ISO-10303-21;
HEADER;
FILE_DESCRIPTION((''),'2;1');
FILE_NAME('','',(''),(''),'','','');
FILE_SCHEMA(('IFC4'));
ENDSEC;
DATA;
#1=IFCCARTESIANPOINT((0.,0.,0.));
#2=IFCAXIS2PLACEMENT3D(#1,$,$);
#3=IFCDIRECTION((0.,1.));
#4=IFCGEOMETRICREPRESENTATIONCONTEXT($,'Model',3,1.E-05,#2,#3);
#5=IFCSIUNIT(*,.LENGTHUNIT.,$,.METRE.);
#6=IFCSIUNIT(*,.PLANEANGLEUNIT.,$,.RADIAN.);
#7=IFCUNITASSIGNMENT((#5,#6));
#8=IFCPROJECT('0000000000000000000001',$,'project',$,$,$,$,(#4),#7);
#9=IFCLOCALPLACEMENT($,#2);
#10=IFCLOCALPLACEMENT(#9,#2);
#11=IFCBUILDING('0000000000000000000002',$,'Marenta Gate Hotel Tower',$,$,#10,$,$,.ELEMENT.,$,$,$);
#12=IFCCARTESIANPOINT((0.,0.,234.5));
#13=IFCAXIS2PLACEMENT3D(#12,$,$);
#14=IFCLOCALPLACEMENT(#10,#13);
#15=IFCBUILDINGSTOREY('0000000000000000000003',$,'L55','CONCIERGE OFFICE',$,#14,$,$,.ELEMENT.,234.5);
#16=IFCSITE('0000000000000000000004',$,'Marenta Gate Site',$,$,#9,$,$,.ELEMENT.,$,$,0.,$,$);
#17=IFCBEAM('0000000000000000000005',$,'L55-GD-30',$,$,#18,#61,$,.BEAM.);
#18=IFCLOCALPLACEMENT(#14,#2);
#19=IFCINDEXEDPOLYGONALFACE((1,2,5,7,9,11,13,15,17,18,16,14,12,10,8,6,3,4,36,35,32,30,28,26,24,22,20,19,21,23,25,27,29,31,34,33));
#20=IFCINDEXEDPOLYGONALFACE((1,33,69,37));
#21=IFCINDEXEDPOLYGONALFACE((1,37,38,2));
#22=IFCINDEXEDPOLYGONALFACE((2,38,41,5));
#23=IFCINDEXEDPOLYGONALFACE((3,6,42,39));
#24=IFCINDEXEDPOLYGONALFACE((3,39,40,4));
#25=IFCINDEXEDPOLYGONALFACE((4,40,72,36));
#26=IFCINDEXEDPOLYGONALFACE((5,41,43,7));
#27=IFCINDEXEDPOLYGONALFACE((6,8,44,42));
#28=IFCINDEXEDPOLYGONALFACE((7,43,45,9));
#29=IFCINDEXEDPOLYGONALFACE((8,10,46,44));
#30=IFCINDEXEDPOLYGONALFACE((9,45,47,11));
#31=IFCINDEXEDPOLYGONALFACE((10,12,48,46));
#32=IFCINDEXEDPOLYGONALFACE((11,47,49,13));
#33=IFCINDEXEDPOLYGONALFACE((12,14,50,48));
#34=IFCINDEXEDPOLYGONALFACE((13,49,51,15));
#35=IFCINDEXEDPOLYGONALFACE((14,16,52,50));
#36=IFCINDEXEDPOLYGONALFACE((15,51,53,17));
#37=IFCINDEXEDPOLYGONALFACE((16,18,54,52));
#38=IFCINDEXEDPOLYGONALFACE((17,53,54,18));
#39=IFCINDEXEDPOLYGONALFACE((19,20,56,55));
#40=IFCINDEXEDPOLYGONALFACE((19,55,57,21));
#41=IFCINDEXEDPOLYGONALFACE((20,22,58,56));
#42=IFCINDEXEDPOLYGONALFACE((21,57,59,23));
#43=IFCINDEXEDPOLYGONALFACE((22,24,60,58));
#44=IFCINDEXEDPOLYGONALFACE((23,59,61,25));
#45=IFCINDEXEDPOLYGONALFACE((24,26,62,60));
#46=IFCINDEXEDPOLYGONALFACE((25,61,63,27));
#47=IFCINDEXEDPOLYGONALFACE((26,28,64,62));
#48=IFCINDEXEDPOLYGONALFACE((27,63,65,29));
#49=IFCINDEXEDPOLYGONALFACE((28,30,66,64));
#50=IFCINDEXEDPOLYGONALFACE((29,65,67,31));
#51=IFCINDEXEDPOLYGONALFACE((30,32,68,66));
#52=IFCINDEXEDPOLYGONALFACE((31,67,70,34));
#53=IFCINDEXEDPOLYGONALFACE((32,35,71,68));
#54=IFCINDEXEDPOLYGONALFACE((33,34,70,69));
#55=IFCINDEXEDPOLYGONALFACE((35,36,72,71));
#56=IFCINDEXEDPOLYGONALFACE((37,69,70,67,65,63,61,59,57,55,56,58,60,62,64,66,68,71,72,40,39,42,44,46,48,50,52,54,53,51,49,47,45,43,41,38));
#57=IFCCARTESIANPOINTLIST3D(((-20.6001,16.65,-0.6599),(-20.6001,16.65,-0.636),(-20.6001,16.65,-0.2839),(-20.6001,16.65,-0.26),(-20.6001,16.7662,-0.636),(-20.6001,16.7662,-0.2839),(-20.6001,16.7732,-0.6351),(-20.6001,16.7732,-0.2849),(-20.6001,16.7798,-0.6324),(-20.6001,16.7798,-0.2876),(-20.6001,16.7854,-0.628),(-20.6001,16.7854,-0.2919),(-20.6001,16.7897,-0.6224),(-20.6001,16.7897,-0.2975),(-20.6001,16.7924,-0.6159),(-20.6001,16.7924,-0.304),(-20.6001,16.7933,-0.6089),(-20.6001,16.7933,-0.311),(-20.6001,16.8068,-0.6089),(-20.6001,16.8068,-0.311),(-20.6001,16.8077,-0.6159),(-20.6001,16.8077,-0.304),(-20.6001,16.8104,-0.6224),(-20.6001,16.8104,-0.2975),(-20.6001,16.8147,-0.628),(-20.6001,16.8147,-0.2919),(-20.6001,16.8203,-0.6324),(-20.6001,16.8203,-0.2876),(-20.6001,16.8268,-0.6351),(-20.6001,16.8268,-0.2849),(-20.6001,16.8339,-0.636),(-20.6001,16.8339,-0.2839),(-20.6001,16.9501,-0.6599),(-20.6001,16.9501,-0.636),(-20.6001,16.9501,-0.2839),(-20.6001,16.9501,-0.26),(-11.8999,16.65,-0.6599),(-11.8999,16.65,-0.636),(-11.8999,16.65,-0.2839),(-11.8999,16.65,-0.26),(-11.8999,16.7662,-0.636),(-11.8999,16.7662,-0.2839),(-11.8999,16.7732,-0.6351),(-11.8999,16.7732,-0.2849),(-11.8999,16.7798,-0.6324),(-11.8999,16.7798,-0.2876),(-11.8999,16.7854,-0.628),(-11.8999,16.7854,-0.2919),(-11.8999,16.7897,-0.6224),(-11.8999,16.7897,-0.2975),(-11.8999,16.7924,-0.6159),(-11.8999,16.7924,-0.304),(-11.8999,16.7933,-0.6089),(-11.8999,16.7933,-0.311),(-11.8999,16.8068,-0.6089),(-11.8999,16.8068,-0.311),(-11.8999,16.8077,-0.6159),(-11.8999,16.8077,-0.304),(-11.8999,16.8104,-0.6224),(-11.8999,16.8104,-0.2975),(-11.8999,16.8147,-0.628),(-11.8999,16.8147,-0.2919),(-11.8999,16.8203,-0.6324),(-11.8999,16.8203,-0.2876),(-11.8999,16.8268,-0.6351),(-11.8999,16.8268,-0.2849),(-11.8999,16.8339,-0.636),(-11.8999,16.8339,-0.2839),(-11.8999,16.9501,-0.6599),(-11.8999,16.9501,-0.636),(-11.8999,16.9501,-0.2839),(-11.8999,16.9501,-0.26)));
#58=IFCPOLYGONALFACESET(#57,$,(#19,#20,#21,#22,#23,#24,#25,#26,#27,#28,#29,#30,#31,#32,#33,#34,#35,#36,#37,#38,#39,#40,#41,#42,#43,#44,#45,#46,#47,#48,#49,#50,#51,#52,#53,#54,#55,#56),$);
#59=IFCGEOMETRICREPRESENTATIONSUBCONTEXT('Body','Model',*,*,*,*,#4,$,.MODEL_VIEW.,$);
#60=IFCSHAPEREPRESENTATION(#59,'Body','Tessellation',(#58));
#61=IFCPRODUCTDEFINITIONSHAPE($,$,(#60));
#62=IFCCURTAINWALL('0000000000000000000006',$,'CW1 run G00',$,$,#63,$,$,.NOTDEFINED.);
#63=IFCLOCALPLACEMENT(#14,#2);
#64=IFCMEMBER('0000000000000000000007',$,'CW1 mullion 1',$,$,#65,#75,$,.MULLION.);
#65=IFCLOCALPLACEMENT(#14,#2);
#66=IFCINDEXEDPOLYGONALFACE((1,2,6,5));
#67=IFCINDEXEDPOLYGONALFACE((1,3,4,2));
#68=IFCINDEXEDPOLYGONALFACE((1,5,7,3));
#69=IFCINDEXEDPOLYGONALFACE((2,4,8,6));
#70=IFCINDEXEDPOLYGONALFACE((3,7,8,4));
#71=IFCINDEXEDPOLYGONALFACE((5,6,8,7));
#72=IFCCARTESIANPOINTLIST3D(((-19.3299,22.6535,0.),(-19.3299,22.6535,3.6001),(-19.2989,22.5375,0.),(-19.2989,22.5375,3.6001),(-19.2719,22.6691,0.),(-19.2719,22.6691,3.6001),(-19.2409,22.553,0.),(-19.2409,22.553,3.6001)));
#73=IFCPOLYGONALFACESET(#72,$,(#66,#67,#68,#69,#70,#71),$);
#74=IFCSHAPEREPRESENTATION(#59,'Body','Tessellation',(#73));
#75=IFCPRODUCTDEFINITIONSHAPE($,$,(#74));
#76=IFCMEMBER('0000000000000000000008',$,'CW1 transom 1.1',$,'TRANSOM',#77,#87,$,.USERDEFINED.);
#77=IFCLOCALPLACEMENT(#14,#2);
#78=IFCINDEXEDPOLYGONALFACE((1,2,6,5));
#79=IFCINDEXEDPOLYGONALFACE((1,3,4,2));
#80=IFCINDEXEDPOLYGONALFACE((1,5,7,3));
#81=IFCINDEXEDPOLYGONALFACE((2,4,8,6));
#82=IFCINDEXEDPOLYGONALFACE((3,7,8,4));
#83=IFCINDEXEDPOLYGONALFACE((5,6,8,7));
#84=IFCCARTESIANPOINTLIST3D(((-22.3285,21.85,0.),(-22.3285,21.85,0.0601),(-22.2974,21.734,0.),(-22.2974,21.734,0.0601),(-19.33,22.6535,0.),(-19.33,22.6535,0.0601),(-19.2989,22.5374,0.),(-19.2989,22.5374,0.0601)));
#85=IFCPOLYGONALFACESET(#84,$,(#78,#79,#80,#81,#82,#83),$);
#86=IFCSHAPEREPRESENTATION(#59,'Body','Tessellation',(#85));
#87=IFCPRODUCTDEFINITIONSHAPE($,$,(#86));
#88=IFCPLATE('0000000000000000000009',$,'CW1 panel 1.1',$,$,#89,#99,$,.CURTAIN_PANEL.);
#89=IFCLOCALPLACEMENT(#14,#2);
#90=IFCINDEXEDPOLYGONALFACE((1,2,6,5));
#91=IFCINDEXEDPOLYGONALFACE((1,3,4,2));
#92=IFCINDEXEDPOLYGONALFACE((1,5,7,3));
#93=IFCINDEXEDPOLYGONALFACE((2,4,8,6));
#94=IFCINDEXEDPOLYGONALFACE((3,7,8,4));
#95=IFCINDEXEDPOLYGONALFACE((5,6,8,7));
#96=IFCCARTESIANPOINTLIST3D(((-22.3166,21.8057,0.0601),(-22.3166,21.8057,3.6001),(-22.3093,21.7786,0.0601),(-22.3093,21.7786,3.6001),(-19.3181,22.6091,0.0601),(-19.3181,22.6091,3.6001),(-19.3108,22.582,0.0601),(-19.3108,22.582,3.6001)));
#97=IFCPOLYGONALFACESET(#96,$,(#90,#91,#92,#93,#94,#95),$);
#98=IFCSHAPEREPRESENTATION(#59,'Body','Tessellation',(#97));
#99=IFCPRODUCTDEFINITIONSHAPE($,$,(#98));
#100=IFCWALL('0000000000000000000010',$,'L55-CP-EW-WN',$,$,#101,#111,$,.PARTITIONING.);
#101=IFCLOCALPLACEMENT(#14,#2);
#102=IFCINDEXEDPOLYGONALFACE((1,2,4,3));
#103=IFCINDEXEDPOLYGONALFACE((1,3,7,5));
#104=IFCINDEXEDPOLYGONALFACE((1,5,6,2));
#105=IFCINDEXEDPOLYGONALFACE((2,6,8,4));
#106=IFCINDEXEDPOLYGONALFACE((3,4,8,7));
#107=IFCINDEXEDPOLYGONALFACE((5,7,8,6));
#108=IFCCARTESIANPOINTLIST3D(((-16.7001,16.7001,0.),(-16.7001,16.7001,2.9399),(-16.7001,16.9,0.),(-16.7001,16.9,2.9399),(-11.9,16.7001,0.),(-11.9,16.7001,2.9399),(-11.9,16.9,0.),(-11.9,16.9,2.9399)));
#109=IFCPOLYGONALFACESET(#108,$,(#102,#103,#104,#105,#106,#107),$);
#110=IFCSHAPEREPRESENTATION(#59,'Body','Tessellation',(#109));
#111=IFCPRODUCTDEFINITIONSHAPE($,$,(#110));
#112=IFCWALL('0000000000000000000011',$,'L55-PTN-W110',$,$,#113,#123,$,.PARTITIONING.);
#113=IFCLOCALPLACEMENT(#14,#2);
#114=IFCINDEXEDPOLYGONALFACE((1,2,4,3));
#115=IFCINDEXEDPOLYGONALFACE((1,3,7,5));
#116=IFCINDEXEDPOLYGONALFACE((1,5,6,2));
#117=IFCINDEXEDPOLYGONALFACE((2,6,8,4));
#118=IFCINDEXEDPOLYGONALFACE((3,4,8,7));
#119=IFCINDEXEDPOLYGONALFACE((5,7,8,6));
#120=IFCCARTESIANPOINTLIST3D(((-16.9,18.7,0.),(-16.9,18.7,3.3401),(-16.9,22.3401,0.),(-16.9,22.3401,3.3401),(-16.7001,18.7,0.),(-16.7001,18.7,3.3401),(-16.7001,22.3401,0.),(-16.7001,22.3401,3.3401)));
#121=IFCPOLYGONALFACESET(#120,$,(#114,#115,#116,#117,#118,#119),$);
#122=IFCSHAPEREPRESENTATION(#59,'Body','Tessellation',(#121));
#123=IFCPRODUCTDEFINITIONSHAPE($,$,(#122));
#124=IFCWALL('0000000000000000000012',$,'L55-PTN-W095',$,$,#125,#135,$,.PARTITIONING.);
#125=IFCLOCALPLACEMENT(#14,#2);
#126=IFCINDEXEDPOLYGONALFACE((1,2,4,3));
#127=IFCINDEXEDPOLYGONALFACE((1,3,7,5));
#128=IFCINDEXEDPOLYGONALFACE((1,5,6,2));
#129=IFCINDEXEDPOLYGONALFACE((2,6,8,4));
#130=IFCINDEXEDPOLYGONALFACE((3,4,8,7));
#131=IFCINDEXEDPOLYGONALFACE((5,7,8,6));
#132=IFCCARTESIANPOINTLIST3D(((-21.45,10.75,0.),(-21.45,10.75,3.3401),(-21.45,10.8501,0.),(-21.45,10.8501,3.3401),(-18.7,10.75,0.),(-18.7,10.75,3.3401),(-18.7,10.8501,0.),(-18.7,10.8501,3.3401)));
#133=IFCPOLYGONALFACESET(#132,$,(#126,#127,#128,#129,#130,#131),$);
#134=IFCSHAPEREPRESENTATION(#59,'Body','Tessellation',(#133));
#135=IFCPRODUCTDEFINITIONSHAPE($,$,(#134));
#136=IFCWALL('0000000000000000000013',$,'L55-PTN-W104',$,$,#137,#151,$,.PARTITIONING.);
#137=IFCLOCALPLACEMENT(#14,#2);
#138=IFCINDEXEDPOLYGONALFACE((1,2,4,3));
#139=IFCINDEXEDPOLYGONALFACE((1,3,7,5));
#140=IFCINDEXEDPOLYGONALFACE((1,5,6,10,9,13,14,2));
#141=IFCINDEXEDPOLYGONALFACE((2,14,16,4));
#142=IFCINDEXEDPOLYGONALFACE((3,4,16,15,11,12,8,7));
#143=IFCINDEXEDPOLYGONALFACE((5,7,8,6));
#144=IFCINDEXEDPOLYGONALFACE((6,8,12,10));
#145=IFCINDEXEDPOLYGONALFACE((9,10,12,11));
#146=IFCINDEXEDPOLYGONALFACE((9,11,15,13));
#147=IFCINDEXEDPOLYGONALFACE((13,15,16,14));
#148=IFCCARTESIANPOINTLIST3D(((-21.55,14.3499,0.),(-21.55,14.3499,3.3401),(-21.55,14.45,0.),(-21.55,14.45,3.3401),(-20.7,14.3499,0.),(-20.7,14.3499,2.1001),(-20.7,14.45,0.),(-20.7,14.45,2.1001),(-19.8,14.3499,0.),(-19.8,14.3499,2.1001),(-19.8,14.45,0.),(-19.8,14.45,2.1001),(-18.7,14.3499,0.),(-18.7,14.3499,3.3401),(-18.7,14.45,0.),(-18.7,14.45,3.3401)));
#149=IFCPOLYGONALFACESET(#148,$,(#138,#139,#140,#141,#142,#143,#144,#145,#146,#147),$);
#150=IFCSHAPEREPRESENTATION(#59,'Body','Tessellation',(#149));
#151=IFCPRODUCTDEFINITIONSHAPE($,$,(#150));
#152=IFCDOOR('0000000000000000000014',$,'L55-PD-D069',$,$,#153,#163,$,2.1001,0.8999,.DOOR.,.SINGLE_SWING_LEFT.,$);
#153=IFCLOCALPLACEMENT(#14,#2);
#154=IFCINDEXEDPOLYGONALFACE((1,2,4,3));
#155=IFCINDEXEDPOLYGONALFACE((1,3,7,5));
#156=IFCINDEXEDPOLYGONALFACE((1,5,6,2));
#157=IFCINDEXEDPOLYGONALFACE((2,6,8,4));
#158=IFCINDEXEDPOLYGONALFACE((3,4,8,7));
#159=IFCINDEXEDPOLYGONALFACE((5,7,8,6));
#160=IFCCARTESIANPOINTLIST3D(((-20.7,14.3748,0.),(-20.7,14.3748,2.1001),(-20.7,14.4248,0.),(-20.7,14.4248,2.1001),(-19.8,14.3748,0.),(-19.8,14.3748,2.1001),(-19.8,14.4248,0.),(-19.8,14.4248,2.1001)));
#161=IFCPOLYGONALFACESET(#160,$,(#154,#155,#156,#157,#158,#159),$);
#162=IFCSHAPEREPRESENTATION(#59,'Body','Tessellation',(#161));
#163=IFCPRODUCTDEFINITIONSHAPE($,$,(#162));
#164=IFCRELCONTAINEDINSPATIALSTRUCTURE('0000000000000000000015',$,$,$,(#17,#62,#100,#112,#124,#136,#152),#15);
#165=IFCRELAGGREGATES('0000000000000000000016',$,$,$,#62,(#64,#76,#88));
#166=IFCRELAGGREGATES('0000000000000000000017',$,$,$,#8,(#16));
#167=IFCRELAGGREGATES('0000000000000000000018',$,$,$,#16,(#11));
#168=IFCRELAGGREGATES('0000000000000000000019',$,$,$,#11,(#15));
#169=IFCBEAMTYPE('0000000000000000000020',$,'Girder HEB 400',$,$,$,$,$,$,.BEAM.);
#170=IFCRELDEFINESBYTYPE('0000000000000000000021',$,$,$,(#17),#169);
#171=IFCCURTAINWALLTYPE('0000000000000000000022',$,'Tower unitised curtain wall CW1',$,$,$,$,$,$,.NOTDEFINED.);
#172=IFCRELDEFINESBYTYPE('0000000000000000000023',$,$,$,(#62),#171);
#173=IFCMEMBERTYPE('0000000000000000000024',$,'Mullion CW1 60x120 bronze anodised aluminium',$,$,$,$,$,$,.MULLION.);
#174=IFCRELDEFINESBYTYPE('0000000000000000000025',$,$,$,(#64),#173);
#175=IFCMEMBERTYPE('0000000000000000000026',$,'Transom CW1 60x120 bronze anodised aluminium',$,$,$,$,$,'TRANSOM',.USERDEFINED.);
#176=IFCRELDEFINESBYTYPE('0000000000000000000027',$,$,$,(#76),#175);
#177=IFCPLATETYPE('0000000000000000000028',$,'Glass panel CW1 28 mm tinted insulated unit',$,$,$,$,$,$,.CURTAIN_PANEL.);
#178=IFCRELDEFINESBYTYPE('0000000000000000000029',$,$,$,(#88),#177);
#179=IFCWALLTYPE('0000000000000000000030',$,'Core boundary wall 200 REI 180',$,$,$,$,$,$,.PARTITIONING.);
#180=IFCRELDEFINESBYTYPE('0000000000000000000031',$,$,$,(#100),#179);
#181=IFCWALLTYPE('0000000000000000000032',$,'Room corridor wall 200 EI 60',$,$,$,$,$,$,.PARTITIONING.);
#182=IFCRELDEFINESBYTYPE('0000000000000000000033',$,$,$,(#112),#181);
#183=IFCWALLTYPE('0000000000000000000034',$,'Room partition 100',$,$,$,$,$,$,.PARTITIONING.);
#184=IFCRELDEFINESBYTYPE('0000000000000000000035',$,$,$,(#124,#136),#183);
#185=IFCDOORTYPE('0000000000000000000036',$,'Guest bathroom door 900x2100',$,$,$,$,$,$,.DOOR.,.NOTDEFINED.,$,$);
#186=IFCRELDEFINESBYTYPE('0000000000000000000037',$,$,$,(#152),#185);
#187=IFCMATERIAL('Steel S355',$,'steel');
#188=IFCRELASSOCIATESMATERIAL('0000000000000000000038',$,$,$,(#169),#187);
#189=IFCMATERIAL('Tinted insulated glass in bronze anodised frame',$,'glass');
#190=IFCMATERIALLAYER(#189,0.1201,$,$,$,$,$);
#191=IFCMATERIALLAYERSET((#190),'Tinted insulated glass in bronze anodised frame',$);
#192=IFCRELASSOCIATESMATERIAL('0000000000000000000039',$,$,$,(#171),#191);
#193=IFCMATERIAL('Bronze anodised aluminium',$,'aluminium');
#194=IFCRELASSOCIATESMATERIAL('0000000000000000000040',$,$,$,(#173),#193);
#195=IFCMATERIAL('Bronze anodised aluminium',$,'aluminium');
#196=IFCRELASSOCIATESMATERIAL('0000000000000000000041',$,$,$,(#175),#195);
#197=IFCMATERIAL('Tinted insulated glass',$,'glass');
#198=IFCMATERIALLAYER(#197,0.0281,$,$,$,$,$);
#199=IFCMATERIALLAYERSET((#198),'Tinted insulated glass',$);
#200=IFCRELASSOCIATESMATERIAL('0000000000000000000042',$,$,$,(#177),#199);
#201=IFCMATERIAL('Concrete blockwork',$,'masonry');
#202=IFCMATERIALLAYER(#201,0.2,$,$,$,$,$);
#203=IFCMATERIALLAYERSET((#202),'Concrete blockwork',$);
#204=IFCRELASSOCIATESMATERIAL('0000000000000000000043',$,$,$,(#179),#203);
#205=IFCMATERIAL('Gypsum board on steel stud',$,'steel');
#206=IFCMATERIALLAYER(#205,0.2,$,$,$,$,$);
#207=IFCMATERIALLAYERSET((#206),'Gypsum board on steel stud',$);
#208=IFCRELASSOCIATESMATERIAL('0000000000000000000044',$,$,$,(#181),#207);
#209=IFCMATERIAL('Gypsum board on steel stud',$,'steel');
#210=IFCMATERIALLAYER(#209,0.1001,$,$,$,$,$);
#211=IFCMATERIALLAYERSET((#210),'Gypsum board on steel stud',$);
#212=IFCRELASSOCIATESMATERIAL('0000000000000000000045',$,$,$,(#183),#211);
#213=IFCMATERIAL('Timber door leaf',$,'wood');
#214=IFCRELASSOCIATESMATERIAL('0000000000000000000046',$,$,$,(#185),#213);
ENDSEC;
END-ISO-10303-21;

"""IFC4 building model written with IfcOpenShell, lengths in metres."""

from ifc_helpers import new_model, si_unit, direction, frame, frame_2d, origin, origin_2d, place, context, subcontext, project, spatial, rectangle, i_section, extrude, material, layer, layer_set, material_profile, profile_set, type_object, element, fill, aggregate, save


model = new_model("IFC4")

# Units and contexts
model_context = context("Model", 3, precision=1e-05, world=origin(), true_north=direction((0.0, 1.0)))
body_context = subcontext(model_context, "Body", "Model", "MODEL_VIEW")
ifc_project = project(units=[si_unit("LENGTHUNIT", "METRE"), si_unit("PLANEANGLEUNIT", "RADIAN")], contexts=[model_context])

# Site, building, storey
site_placement = place(None, origin())
site = spatial("IfcSite", under=ifc_project, at=site_placement, Name="Marenta Gate Site", CompositionType="ELEMENT", RefElevation=0.0)
building_placement = place(site_placement, origin())
building = spatial("IfcBuilding", under=site, at=building_placement, Name="Marenta Gate Hotel Tower", CompositionType="ELEMENT")
storey_placement = place(building_placement, frame((0.0, 0.0, 234.5)))
storey = spatial("IfcBuildingStorey", under=building, at=storey_placement, Name="L55", Description="CONCIERGE OFFICE", CompositionType="ELEMENT", Elevation=234.5)

# Beam
ifc_material_1 = material(Name="Steel S355", Category="steel")
ifc_material_profile_1 = material_profile(ifc_material_1, i_section(OverallWidth=0.3, OverallDepth=0.3999, WebThickness=0.0134, FlangeThickness=0.0239, FilletRadius=0.0271, at=origin_2d()), Name="HEB 400")
ifc_profile_set_1 = profile_set([ifc_material_profile_1], Name="Steel S355")
beam_type_1 = type_object("IfcBeamType", Name="Girder HEB 400", PredefinedType="BEAM", material=ifc_profile_set_1)
beam_1_placement = place(storey_placement, frame((-20.6001, 16.8, -0.46), z_axis=(1.0, 0.0, 0.0), x_axis=(0.0, 1.0, 0.0)))
element("IfcBeam", 1, at=beam_1_placement, inside=storey, type_object=beam_type_1, Name="L55-GD-30", PredefinedType="BEAM", context=body_context, shape_type="SweptSolid", body=[
    extrude(i_section(OverallWidth=0.3, OverallDepth=0.3999, WebThickness=0.0134, FlangeThickness=0.0239, FilletRadius=0.0271, at=origin_2d()), origin(), (0.0, 0.0, 1.0), 8.7002),
])

# Curtain wall, members, plate
ifc_material_2 = material(Name="Tinted insulated glass in bronze anodised frame", Category="glass")
ifc_layer_1 = layer(ifc_material_2, 0.1201)
ifc_layer_set_1 = layer_set([ifc_layer_1], Name="Tinted insulated glass in bronze anodised frame")
curtain_wall_type = type_object("IfcCurtainWallType", Name="Tower unitised curtain wall CW1", PredefinedType="NOTDEFINED", material=ifc_layer_set_1)
curtain_wall_placement = place(storey_placement, origin())
curtain_wall = element("IfcCurtainWall", 2, at=curtain_wall_placement, inside=storey, type_object=curtain_wall_type, Name="CW1 run G00", PredefinedType="NOTDEFINED")
ifc_material_3 = material(Name="Bronze anodised aluminium", Category="aluminium")
ifc_material_profile_2 = material_profile(ifc_material_3, rectangle(XDim=0.1201, YDim=0.0601, at=origin_2d()), Name="Mullion CW1 60x120 bronze anodised aluminium")
ifc_profile_set_2 = profile_set([ifc_material_profile_2], Name="Bronze anodised aluminium")
member_type_1 = type_object("IfcMemberType", Name="Mullion CW1 60x120 bronze anodised aluminium", PredefinedType="MULLION", material=ifc_profile_set_2)
member_1_placement = place(storey_placement, frame((-19.2854, 22.6033, 0.0), z_axis=(0.0, 0.0, 1.0), x_axis=(0.258801, -0.965931, 0.0)))
member_1 = element("IfcMember", 3, at=member_1_placement, type_object=member_type_1, Name="CW1 mullion 1", PredefinedType="MULLION", context=body_context, shape_type="SweptSolid", body=[
    extrude(rectangle(XDim=0.1201, YDim=0.0601, at=origin_2d()), origin(), (0.0, 0.0, 1.0), 3.6001),
])
ifc_material_4 = material(Name="Bronze anodised aluminium", Category="aluminium")
ifc_material_profile_3 = material_profile(ifc_material_4, rectangle(XDim=0.1201, YDim=0.0601, at=origin_2d()), Name="Transom CW1 60x120 bronze anodised aluminium")
ifc_profile_set_3 = profile_set([ifc_material_profile_3], Name="Bronze anodised aluminium")
member_type_2 = type_object("IfcMemberType", Name="Transom CW1 60x120 bronze anodised aluminium", ElementType="TRANSOM", PredefinedType="USERDEFINED", material=ifc_profile_set_3)
member_2_placement = place(storey_placement, frame((-19.3145, 22.5955, 0.03), z_axis=(-0.965925, -0.258823, 0.0), x_axis=(0.258823, -0.965925, 0.0)))
member_2 = element("IfcMember", 4, at=member_2_placement, type_object=member_type_2, Name="CW1 transom 1.1", ObjectType="TRANSOM", PredefinedType="USERDEFINED", context=body_context, shape_type="SweptSolid", body=[
    extrude(rectangle(XDim=0.1201, YDim=0.0601, at=origin_2d()), origin(), (0.0, 0.0, 1.0), 3.1042),
])
ifc_material_5 = material(Name="Tinted insulated glass", Category="glass")
ifc_layer_2 = layer(ifc_material_5, 0.0281)
ifc_layer_set_2 = layer_set([ifc_layer_2], Name="Tinted insulated glass")
plate_type = type_object("IfcPlateType", Name="Glass panel CW1 28 mm tinted insulated unit", PredefinedType="CURTAIN_PANEL", material=ifc_layer_set_2)
plate_placement = place(storey_placement, frame((-20.8137, 22.1938, 0.0601), z_axis=(0.0, 0.0, 1.0), x_axis=(-0.965931, -0.258801, 0.0)))
plate = element("IfcPlate", 5, at=plate_placement, type_object=plate_type, Name="CW1 panel 1.1", PredefinedType="CURTAIN_PANEL", context=body_context, shape_type="SweptSolid", body=[
    extrude(rectangle(XDim=3.1042, YDim=0.0281, at=origin_2d()), origin(), (0.0, 0.0, 1.0), 3.54),
])
aggregate(curtain_wall, [member_1, member_2, plate])

# Walls
ifc_material_6 = material(Name="Concrete blockwork", Category="masonry")
ifc_layer_3 = layer(ifc_material_6, 0.2)
ifc_layer_set_3 = layer_set([ifc_layer_3], Name="Concrete blockwork")
wall_type_1 = type_object("IfcWallType", Name="Core boundary wall 200 REI 180", PredefinedType="PARTITIONING", material=ifc_layer_set_3)
wall_1_placement = place(storey_placement, frame((-16.7, 16.8, 0.0), z_axis=(0.0, 0.0, 1.0), x_axis=(1.0, 0.0, 0.0)))
element("IfcWall", 6, at=wall_1_placement, inside=storey, type_object=wall_type_1, Name="L55-CP-EW-WN", PredefinedType="PARTITIONING", context=body_context, shape_type="SweptSolid", body=[
    extrude(rectangle(XDim=4.8, YDim=0.2, at=frame_2d((2.3999, 0.0))), origin(), (0.0, 0.0, 1.0), 2.9399),
])
ifc_material_7 = material(Name="Gypsum board on steel stud", Category="steel")
ifc_layer_4 = layer(ifc_material_7, 0.2)
ifc_layer_set_4 = layer_set([ifc_layer_4], Name="Gypsum board on steel stud")
wall_type_2 = type_object("IfcWallType", Name="Room corridor wall 200 EI 60", PredefinedType="PARTITIONING", material=ifc_layer_set_4)
wall_2_placement = place(storey_placement, frame((-16.8, 18.7, 0.0), z_axis=(0.0, 0.0, 1.0), x_axis=(0.0, 1.0, 0.0)))
element("IfcWall", 7, at=wall_2_placement, inside=storey, type_object=wall_type_2, Name="L55-PTN-W110", PredefinedType="PARTITIONING", context=body_context, shape_type="SweptSolid", body=[
    extrude(rectangle(XDim=3.6401, YDim=0.2, at=frame_2d((1.8201, 0.0))), origin(), (0.0, 0.0, 1.0), 3.3401),
])

# Wall
ifc_material_8 = material(Name="Gypsum board on steel stud", Category="steel")
ifc_layer_5 = layer(ifc_material_8, 0.1001)
ifc_layer_set_5 = layer_set([ifc_layer_5], Name="Gypsum board on steel stud")
wall_type_3 = type_object("IfcWallType", Name="Room partition 100", PredefinedType="PARTITIONING", material=ifc_layer_set_5)
wall_3_placement = place(storey_placement, frame((-21.45, 10.8, 0.0), z_axis=(0.0, 0.0, 1.0), x_axis=(1.0, 0.0, 0.0)))
element("IfcWall", 8, at=wall_3_placement, inside=storey, type_object=wall_type_3, Name="L55-PTN-W095", PredefinedType="PARTITIONING", context=body_context, shape_type="SweptSolid", body=[
    extrude(rectangle(XDim=2.75, YDim=0.1001, at=frame_2d((1.375, 0.0))), origin(), (0.0, 0.0, 1.0), 3.3401),
])

# Wall, opening, door
wall_4_placement = place(storey_placement, frame((-21.55, 14.3999, 0.0), z_axis=(0.0, 0.0, 1.0), x_axis=(1.0, 0.0, 0.0)))
wall_4 = element("IfcWall", 9, at=wall_4_placement, inside=storey, type_object=wall_type_3, Name="L55-PTN-W104", PredefinedType="PARTITIONING", context=body_context, shape_type="SweptSolid", body=[
    extrude(rectangle(XDim=2.8501, YDim=0.1001, at=frame_2d((1.425, 0.0))), origin(), (0.0, 0.0, 1.0), 3.3401),
])
opening_1_placement = place(wall_4_placement, frame((0.8501, 0.0, 0.0)))
opening_1 = element("IfcOpeningElement", 10, at=opening_1_placement, cuts=wall_4, PredefinedType="OPENING", context=body_context, shape_type="SweptSolid", body=[
    extrude(rectangle(XDim=0.8999, YDim=2.1001, at=frame_2d((0.45, 1.05))), frame((0.0, 0.05, 0.0), z_axis=(0.0, -1.0, 0.0), x_axis=(1.0, 0.0, 0.0)), (0.0, 0.0, 1.0), 0.1001),
])
ifc_material_9 = material(Name="Timber door leaf", Category="wood")
door_type_1 = type_object("IfcDoorType", Name="Guest bathroom door 900x2100", OperationType="NOTDEFINED", PredefinedType="DOOR", material=ifc_material_9)
door_1_placement = place(opening_1_placement, origin())
door_1 = element("IfcDoor", 11, at=door_1_placement, inside=storey, type_object=door_type_1, Name="L55-PD-D069", OperationType="SINGLE_SWING_LEFT", OverallHeight=2.1001, OverallWidth=0.8999, PredefinedType="DOOR", context=body_context, shape_type="SweptSolid", body=[
    extrude(rectangle(XDim=0.8999, YDim=2.1001, at=frame_2d((0.45, 1.05))), frame((0.0, 0.0249, 0.0), z_axis=(0.0, -1.0, 0.0), x_axis=(1.0, 0.0, 0.0)), (0.0, 0.0, 1.0), 0.05),
])
fill(opening_1, door_1)

save(model, "model.ifc")
